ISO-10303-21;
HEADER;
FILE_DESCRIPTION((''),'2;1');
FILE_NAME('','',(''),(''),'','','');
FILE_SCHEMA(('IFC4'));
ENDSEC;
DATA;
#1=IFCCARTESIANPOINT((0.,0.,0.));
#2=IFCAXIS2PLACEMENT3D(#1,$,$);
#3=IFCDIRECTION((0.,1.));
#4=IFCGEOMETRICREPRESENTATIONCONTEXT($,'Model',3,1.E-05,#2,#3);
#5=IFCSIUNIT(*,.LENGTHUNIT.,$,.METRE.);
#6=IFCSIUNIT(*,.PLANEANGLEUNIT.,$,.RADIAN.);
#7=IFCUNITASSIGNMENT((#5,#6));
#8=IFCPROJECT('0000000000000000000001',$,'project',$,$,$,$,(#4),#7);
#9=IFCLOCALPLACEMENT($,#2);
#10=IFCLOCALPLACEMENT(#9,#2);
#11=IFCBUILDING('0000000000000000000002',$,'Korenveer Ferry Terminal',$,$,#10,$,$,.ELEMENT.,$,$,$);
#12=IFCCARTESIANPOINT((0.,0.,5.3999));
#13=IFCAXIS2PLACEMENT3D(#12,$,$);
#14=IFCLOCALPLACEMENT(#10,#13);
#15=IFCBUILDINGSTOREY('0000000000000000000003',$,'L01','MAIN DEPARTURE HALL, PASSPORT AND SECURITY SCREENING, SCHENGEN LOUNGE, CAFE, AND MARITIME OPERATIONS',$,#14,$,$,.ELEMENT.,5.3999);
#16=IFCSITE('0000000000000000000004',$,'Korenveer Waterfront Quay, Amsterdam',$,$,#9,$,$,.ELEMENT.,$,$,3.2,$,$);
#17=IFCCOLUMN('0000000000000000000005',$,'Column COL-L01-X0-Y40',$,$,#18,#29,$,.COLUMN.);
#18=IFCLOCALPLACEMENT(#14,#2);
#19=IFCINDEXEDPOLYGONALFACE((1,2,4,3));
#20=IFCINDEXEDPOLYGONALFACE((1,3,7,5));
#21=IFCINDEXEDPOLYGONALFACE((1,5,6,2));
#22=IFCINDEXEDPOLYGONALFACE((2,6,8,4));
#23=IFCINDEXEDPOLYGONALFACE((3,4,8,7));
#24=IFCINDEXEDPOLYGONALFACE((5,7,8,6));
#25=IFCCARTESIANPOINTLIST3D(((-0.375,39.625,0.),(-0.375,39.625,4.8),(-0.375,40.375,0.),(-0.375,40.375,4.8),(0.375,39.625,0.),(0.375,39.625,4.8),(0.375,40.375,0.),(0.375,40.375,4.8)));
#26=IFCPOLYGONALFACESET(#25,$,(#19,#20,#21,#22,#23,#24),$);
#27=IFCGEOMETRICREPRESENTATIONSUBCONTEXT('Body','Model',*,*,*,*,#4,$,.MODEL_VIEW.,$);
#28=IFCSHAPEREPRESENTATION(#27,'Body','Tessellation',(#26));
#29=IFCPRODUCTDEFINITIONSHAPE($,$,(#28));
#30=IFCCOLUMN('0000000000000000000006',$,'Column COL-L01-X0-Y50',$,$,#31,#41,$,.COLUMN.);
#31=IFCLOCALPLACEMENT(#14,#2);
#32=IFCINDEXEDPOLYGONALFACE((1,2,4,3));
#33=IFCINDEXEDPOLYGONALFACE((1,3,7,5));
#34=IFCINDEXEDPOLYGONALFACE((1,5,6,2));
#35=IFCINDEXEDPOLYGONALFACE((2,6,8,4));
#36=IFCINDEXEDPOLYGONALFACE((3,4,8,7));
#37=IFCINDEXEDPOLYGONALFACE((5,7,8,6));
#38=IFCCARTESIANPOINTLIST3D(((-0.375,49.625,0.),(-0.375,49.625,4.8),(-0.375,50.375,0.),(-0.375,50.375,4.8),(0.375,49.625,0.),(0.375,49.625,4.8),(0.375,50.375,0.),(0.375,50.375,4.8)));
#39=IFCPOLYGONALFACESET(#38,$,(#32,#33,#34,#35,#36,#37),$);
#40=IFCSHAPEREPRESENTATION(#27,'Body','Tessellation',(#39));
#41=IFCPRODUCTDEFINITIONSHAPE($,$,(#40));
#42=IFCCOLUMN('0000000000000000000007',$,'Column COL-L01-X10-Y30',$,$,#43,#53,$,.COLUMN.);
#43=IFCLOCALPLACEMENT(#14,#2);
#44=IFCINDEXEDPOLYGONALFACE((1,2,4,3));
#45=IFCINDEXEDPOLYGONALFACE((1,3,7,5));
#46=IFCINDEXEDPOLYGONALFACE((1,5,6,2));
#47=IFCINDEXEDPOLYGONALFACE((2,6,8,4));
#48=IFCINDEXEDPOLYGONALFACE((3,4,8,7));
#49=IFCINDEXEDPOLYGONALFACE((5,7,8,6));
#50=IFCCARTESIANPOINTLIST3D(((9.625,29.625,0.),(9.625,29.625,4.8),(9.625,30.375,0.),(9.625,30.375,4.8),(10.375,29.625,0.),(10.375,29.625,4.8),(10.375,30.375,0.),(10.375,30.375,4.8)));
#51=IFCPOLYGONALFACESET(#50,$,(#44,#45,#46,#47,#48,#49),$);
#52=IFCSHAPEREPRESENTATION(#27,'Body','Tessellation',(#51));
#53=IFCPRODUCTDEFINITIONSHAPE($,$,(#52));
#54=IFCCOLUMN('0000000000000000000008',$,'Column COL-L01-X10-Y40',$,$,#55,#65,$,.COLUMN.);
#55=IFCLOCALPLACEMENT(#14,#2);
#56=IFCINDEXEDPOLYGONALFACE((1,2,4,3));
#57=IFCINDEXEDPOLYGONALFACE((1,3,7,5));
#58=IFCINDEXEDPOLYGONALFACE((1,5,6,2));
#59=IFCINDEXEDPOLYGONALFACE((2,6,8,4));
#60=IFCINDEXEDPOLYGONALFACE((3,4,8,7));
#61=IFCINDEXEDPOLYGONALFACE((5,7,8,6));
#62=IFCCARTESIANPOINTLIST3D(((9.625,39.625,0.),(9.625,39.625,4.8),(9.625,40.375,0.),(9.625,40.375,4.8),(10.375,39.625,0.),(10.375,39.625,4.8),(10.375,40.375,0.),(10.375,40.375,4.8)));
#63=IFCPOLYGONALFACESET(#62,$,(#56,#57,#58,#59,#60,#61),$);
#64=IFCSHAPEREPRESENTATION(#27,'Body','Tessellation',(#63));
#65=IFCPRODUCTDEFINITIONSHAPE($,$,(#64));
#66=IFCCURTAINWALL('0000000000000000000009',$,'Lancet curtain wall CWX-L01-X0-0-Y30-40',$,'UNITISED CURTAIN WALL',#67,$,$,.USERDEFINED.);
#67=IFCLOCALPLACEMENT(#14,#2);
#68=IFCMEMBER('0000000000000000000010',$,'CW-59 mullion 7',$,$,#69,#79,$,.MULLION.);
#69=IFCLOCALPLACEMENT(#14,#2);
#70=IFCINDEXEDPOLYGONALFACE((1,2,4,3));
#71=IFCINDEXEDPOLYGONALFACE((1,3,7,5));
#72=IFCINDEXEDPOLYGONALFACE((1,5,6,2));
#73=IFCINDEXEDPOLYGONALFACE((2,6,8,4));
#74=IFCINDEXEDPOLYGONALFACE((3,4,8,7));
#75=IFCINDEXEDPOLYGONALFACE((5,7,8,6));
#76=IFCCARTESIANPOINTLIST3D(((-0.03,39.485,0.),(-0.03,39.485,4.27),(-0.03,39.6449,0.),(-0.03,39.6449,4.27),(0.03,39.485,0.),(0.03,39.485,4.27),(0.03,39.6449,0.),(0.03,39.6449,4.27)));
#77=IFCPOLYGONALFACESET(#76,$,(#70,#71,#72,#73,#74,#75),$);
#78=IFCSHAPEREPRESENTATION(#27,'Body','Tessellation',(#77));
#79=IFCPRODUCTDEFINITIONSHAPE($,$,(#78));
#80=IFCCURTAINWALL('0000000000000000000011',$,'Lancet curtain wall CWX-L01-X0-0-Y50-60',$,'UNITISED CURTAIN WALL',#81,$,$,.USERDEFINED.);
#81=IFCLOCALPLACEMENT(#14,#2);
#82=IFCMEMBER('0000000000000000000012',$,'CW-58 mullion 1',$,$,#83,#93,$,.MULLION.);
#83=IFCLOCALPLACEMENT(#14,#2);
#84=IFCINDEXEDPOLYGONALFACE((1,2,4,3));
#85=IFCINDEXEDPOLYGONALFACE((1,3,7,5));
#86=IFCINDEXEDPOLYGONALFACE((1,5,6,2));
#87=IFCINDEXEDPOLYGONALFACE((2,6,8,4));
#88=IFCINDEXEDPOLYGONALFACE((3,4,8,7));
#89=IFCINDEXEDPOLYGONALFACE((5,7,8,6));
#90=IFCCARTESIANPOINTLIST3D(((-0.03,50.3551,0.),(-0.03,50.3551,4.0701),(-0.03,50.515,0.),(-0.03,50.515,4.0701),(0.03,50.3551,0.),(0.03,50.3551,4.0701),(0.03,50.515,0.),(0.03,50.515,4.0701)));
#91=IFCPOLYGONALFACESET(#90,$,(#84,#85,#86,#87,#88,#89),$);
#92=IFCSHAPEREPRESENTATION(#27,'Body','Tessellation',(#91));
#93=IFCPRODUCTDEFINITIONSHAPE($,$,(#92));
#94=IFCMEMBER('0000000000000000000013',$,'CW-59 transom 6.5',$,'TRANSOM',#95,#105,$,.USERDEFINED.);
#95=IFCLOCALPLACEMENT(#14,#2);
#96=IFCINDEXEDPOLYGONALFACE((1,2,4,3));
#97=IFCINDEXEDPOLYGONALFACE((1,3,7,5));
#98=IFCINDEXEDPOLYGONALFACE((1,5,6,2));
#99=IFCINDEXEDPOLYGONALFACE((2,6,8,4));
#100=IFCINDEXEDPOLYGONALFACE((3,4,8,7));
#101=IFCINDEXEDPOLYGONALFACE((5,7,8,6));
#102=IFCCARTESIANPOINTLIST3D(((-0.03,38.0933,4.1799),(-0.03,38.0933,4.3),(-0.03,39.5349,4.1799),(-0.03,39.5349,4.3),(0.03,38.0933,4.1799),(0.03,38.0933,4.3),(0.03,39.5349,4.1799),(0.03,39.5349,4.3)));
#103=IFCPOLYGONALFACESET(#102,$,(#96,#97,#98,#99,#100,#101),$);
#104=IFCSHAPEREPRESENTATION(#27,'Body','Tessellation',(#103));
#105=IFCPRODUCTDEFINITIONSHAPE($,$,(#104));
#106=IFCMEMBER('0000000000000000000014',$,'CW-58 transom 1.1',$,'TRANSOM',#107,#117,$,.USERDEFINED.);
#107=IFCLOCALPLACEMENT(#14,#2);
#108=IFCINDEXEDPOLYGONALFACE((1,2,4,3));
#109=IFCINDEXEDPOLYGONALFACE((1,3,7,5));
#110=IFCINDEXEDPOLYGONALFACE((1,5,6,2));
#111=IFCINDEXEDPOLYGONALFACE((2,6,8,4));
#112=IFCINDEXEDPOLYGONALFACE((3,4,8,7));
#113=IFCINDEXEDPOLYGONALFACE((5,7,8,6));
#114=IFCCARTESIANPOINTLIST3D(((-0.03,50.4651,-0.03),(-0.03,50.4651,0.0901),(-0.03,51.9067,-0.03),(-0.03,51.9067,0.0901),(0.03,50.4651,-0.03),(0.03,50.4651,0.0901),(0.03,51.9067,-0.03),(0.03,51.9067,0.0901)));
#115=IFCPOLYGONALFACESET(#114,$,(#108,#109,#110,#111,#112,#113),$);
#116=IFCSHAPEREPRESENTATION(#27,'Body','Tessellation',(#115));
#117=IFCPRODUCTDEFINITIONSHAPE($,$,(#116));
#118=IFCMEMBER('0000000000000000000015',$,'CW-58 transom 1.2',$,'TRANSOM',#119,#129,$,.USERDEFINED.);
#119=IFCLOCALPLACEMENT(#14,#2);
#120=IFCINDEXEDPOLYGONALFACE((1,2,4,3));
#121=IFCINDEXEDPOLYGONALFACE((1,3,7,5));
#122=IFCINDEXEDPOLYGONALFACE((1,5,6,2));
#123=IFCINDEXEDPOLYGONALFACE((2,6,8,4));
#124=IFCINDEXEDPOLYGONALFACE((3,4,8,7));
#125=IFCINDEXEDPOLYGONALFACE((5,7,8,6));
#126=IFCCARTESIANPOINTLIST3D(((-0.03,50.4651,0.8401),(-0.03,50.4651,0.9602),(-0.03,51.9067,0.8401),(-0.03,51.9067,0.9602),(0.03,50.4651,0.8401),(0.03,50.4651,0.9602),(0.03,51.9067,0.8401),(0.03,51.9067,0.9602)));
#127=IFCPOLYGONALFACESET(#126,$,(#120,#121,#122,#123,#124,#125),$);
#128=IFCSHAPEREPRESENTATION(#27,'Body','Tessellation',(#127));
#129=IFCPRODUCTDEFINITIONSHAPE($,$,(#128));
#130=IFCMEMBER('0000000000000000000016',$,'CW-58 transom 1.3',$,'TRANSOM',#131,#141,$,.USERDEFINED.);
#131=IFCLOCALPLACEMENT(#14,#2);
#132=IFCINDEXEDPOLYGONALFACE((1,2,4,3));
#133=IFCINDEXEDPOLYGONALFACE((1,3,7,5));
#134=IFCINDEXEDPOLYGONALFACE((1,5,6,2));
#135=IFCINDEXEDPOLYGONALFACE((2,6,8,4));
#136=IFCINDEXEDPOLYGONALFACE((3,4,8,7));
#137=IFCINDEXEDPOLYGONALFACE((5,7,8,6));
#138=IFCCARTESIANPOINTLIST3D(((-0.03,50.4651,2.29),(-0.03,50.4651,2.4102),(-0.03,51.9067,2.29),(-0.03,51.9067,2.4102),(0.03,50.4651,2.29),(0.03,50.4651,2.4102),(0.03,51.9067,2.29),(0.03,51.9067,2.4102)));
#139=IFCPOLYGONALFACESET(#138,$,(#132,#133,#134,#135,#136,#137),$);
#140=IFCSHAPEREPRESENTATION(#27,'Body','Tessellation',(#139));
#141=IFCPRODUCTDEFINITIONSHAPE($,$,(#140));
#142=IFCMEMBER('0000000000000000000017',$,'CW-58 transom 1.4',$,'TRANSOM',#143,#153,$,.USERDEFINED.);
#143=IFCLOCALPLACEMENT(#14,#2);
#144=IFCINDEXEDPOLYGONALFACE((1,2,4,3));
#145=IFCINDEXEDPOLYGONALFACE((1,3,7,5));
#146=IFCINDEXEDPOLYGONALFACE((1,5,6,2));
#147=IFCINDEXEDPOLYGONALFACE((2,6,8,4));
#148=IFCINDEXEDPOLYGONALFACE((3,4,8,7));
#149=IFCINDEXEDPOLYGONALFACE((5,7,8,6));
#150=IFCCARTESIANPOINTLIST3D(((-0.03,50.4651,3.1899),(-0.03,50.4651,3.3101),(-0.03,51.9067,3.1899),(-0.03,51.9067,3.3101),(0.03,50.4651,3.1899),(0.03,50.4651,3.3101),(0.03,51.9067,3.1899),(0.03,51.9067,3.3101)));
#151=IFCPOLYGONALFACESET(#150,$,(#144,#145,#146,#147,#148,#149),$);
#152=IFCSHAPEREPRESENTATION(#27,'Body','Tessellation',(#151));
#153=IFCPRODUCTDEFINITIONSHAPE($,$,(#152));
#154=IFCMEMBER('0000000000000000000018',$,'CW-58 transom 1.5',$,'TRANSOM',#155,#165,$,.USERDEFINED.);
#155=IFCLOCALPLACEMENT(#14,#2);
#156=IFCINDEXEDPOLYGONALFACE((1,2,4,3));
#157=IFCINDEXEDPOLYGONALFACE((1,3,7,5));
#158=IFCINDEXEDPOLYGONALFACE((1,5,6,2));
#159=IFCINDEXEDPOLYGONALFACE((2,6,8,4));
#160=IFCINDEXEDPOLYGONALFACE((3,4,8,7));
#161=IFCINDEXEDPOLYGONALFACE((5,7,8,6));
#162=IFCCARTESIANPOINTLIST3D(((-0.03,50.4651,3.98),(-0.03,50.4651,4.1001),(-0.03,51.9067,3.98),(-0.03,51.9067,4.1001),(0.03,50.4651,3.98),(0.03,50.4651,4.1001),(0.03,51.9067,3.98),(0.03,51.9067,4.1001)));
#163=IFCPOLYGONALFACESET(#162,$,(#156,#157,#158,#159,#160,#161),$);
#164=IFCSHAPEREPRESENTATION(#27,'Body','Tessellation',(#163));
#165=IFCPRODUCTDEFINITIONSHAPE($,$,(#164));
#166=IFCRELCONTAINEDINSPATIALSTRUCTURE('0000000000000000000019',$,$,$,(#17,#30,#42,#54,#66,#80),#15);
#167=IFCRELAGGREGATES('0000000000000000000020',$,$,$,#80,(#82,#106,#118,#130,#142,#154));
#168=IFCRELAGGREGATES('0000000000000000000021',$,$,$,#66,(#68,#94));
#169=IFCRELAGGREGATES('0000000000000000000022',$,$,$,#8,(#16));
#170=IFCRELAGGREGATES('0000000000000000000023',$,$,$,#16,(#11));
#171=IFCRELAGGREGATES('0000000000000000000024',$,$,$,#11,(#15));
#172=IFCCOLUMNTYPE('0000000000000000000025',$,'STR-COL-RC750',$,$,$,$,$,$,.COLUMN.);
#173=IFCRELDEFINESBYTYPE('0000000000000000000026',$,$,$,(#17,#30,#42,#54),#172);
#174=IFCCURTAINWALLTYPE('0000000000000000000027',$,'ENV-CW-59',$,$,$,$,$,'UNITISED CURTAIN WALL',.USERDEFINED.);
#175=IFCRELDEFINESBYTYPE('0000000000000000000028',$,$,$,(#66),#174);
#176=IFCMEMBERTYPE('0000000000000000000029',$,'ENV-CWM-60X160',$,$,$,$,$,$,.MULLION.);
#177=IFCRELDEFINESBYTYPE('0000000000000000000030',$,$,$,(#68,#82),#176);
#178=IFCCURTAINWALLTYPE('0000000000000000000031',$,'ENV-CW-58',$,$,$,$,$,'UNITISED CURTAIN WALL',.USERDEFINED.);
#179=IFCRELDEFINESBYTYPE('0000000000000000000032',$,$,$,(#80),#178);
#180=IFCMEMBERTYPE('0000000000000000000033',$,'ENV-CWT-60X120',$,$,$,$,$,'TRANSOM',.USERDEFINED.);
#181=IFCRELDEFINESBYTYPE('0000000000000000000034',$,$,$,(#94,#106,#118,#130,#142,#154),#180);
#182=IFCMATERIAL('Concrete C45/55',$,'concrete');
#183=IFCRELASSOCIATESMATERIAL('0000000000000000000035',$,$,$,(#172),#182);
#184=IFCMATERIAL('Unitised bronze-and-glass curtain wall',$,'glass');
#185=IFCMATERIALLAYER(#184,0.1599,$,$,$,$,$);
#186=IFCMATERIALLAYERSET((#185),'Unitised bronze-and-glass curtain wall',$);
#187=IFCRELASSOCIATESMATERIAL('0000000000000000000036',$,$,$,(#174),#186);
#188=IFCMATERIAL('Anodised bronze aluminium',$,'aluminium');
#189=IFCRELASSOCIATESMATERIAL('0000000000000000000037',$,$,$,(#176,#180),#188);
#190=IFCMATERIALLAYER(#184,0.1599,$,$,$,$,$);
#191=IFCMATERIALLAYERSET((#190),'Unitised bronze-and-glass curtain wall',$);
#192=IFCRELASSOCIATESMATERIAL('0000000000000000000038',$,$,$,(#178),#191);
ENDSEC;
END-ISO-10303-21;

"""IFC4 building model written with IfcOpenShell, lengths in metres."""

from ifc_helpers import new_model, si_unit, direction, frame, origin, origin_2d, place, context, subcontext, project, spatial, rectangle, extrude, material, layer, layer_set, material_profile, profile_set, type_object, element, aggregate, save


model = new_model("IFC4")

# Units and contexts
model_context = context("Model", 3, precision=1e-05, world=origin(), true_north=direction((0.0, 1.0)))
body_context = subcontext(model_context, "Body", "Model", "MODEL_VIEW")
ifc_project = project(units=[si_unit("LENGTHUNIT", "METRE"), si_unit("PLANEANGLEUNIT", "RADIAN")], contexts=[model_context])

# Site, building, storey
site_placement = place(None, origin())
site = spatial("IfcSite", under=ifc_project, at=site_placement, Name="Korenveer Waterfront Quay, Amsterdam", CompositionType="ELEMENT", RefElevation=3.2)
building_placement = place(site_placement, origin())
building = spatial("IfcBuilding", under=site, at=building_placement, Name="Korenveer Ferry Terminal", CompositionType="ELEMENT")
storey_placement = place(building_placement, frame((0.0, 0.0, 5.3999)))
storey = spatial("IfcBuildingStorey", under=building, at=storey_placement, Name="L01", Description="MAIN DEPARTURE HALL, PASSPORT AND SECURITY SCREENING, SCHENGEN LOUNGE, CAFE, AND MARITIME OPERATIONS", CompositionType="ELEMENT", Elevation=5.3999)

# Columns
ifc_material_1 = material(Name="Concrete C45/55", Category="concrete")
ifc_material_profile_1 = material_profile(ifc_material_1, rectangle(XDim=0.75, YDim=0.75, at=origin_2d()), Name="RC 750x750")
ifc_profile_set_1 = profile_set([ifc_material_profile_1], Name="Concrete C45/55")
column_type = type_object("IfcColumnType", Name="STR-COL-RC750", PredefinedType="COLUMN", material=ifc_profile_set_1)
for number, where, z_axis, x_axis, name in (
    (1, (0.0, 40.0, 0.0), (0.0, 0.0, 1.0), (1.0, 0.0, 0.0), "Column COL-L01-X0-Y40"),
    (2, (0.0, 50.0, 0.0), (0.0, 0.0, 1.0), (1.0, 0.0, 0.0), "Column COL-L01-X0-Y50"),
    (3, (10.0, 30.0, 0.0), (0.0, 0.0, 1.0), (1.0, 0.0, 0.0), "Column COL-L01-X10-Y30"),
    (4, (10.0, 40.0, 0.0), (0.0, 0.0, 1.0), (1.0, 0.0, 0.0), "Column COL-L01-X10-Y40"),
):
    element("IfcColumn", number, at=place(storey_placement, frame(where, z_axis=z_axis, x_axis=x_axis)), inside=storey, type_object=column_type, Name=name, PredefinedType="COLUMN", context=body_context, shape_type="SweptSolid", body=[
        extrude(rectangle(XDim=0.75, YDim=0.75, at=origin_2d()), origin(), (0.0, 0.0, 1.0), 4.8),
    ])

# Curtain walls, members
ifc_material_2 = material(Name="Unitised bronze-and-glass curtain wall", Category="glass")
ifc_layer_1 = layer(ifc_material_2, 0.1599)
ifc_layer_set_1 = layer_set([ifc_layer_1], Name="Unitised bronze-and-glass curtain wall")
curtain_wall_type_1 = type_object("IfcCurtainWallType", Name="ENV-CW-59", ElementType="UNITISED CURTAIN WALL", PredefinedType="USERDEFINED", material=ifc_layer_set_1)
curtain_wall_1_placement = place(storey_placement, frame((0.0, 30.405, 0.0)))
curtain_wall_1 = element("IfcCurtainWall", 5, at=curtain_wall_1_placement, inside=storey, type_object=curtain_wall_type_1, Name="Lancet curtain wall CWX-L01-X0-0-Y30-40", ObjectType="UNITISED CURTAIN WALL", PredefinedType="USERDEFINED")
ifc_material_3 = material(Name="Anodised bronze aluminium", Category="aluminium")
ifc_material_profile_2 = material_profile(ifc_material_3, rectangle(XDim=0.0601, YDim=0.1599, at=origin_2d()), Name="ALU 60x160")
ifc_profile_set_2 = profile_set([ifc_material_profile_2], Name="Anodised bronze aluminium")
member_type_1 = type_object("IfcMemberType", Name="ENV-CWM-60X160", PredefinedType="MULLION", material=ifc_profile_set_2)
member_1_placement = place(storey_placement, frame((0.0, 39.5649, 0.0), z_axis=(0.0, 0.0, 1.0), x_axis=(-1.0, 0.0, 0.0)))
member_1 = element("IfcMember", 6, at=member_1_placement, type_object=member_type_1, Name="CW-59 mullion 7", PredefinedType="MULLION", context=body_context, shape_type="SweptSolid", body=[
    extrude(rectangle(XDim=0.0601, YDim=0.1599, at=origin_2d()), origin(), (0.0, 0.0, 1.0), 4.27),
])
ifc_layer_2 = layer(ifc_material_2, 0.1599)
ifc_layer_set_2 = layer_set([ifc_layer_2], Name="Unitised bronze-and-glass curtain wall")
curtain_wall_type_2 = type_object("IfcCurtainWallType", Name="ENV-CW-58", ElementType="UNITISED CURTAIN WALL", PredefinedType="USERDEFINED", material=ifc_layer_set_2)
curtain_wall_2_placement = place(storey_placement, frame((0.0, 50.405, 0.0)))
curtain_wall_2 = element("IfcCurtainWall", 7, at=curtain_wall_2_placement, inside=storey, type_object=curtain_wall_type_2, Name="Lancet curtain wall CWX-L01-X0-0-Y50-60", ObjectType="UNITISED CURTAIN WALL", PredefinedType="USERDEFINED")
member_2_placement = place(storey_placement, frame((0.0, 50.4351, 0.0), z_axis=(0.0, 0.0, 1.0), x_axis=(-1.0, 0.0, 0.0)))
member_2 = element("IfcMember", 8, at=member_2_placement, type_object=member_type_1, Name="CW-58 mullion 1", PredefinedType="MULLION", context=body_context, shape_type="SweptSolid", body=[
    extrude(rectangle(XDim=0.0601, YDim=0.1599, at=origin_2d()), origin(), (0.0, 0.0, 1.0), 4.0701),
])

# Members
ifc_material_profile_3 = material_profile(ifc_material_3, rectangle(XDim=0.0601, YDim=0.1201, at=origin_2d()), Name="ALU 60x120")
ifc_profile_set_3 = profile_set([ifc_material_profile_3], Name="Anodised bronze aluminium")
member_type_2 = type_object("IfcMemberType", Name="ENV-CWT-60X120", ElementType="TRANSOM", PredefinedType="USERDEFINED", material=ifc_profile_set_3)
member_3_placement = place(storey_placement, frame((0.0, 38.0933, 4.24), z_axis=(0.0, 1.0, 0.0), x_axis=(-1.0, 0.0, 0.0)))
member_3 = element("IfcMember", 9, at=member_3_placement, type_object=member_type_2, Name="CW-59 transom 6.5", ObjectType="TRANSOM", PredefinedType="USERDEFINED", context=body_context, shape_type="SweptSolid", body=[
    extrude(rectangle(XDim=0.0601, YDim=0.1201, at=origin_2d()), origin(), (0.0, 0.0, 1.0), 1.4417),
])
member_4_placement = place(storey_placement, frame((0.0, 50.4651, 0.03), z_axis=(0.0, 1.0, 0.0), x_axis=(-1.0, 0.0, 0.0)))
member_4 = element("IfcMember", 10, at=member_4_placement, type_object=member_type_2, Name="CW-58 transom 1.1", ObjectType="TRANSOM", PredefinedType="USERDEFINED", context=body_context, shape_type="SweptSolid", body=[
    extrude(rectangle(XDim=0.0601, YDim=0.1201, at=origin_2d()), origin(), (0.0, 0.0, 1.0), 1.4417),
])
member_5_placement = place(storey_placement, frame((0.0, 50.4651, 0.9001), z_axis=(0.0, 1.0, 0.0), x_axis=(-1.0, 0.0, 0.0)))
member_5 = element("IfcMember", 11, at=member_5_placement, type_object=member_type_2, Name="CW-58 transom 1.2", ObjectType="TRANSOM", PredefinedType="USERDEFINED", context=body_context, shape_type="SweptSolid", body=[
    extrude(rectangle(XDim=0.0601, YDim=0.1201, at=origin_2d()), origin(), (0.0, 0.0, 1.0), 1.4417),
])
member_6_placement = place(storey_placement, frame((0.0, 50.4651, 2.3501), z_axis=(0.0, 1.0, 0.0), x_axis=(-1.0, 0.0, 0.0)))
member_6 = element("IfcMember", 12, at=member_6_placement, type_object=member_type_2, Name="CW-58 transom 1.3", ObjectType="TRANSOM", PredefinedType="USERDEFINED", context=body_context, shape_type="SweptSolid", body=[
    extrude(rectangle(XDim=0.0601, YDim=0.1201, at=origin_2d()), origin(), (0.0, 0.0, 1.0), 1.4417),
])
member_7_placement = place(storey_placement, frame((0.0, 50.4651, 3.25), z_axis=(0.0, 1.0, 0.0), x_axis=(-1.0, 0.0, 0.0)))
member_7 = element("IfcMember", 13, at=member_7_placement, type_object=member_type_2, Name="CW-58 transom 1.4", ObjectType="TRANSOM", PredefinedType="USERDEFINED", context=body_context, shape_type="SweptSolid", body=[
    extrude(rectangle(XDim=0.0601, YDim=0.1201, at=origin_2d()), origin(), (0.0, 0.0, 1.0), 1.4417),
])
member_8_placement = place(storey_placement, frame((0.0, 50.4651, 4.04), z_axis=(0.0, 1.0, 0.0), x_axis=(-1.0, 0.0, 0.0)))
member_8 = element("IfcMember", 14, at=member_8_placement, type_object=member_type_2, Name="CW-58 transom 1.5", ObjectType="TRANSOM", PredefinedType="USERDEFINED", context=body_context, shape_type="SweptSolid", body=[
    extrude(rectangle(XDim=0.0601, YDim=0.1201, at=origin_2d()), origin(), (0.0, 0.0, 1.0), 1.4417),
])
aggregate(curtain_wall_2, [member_2, member_4, member_5, member_6, member_7, member_8])

aggregate(curtain_wall_1, [member_1, member_3])

save(model, "model.ifc")
